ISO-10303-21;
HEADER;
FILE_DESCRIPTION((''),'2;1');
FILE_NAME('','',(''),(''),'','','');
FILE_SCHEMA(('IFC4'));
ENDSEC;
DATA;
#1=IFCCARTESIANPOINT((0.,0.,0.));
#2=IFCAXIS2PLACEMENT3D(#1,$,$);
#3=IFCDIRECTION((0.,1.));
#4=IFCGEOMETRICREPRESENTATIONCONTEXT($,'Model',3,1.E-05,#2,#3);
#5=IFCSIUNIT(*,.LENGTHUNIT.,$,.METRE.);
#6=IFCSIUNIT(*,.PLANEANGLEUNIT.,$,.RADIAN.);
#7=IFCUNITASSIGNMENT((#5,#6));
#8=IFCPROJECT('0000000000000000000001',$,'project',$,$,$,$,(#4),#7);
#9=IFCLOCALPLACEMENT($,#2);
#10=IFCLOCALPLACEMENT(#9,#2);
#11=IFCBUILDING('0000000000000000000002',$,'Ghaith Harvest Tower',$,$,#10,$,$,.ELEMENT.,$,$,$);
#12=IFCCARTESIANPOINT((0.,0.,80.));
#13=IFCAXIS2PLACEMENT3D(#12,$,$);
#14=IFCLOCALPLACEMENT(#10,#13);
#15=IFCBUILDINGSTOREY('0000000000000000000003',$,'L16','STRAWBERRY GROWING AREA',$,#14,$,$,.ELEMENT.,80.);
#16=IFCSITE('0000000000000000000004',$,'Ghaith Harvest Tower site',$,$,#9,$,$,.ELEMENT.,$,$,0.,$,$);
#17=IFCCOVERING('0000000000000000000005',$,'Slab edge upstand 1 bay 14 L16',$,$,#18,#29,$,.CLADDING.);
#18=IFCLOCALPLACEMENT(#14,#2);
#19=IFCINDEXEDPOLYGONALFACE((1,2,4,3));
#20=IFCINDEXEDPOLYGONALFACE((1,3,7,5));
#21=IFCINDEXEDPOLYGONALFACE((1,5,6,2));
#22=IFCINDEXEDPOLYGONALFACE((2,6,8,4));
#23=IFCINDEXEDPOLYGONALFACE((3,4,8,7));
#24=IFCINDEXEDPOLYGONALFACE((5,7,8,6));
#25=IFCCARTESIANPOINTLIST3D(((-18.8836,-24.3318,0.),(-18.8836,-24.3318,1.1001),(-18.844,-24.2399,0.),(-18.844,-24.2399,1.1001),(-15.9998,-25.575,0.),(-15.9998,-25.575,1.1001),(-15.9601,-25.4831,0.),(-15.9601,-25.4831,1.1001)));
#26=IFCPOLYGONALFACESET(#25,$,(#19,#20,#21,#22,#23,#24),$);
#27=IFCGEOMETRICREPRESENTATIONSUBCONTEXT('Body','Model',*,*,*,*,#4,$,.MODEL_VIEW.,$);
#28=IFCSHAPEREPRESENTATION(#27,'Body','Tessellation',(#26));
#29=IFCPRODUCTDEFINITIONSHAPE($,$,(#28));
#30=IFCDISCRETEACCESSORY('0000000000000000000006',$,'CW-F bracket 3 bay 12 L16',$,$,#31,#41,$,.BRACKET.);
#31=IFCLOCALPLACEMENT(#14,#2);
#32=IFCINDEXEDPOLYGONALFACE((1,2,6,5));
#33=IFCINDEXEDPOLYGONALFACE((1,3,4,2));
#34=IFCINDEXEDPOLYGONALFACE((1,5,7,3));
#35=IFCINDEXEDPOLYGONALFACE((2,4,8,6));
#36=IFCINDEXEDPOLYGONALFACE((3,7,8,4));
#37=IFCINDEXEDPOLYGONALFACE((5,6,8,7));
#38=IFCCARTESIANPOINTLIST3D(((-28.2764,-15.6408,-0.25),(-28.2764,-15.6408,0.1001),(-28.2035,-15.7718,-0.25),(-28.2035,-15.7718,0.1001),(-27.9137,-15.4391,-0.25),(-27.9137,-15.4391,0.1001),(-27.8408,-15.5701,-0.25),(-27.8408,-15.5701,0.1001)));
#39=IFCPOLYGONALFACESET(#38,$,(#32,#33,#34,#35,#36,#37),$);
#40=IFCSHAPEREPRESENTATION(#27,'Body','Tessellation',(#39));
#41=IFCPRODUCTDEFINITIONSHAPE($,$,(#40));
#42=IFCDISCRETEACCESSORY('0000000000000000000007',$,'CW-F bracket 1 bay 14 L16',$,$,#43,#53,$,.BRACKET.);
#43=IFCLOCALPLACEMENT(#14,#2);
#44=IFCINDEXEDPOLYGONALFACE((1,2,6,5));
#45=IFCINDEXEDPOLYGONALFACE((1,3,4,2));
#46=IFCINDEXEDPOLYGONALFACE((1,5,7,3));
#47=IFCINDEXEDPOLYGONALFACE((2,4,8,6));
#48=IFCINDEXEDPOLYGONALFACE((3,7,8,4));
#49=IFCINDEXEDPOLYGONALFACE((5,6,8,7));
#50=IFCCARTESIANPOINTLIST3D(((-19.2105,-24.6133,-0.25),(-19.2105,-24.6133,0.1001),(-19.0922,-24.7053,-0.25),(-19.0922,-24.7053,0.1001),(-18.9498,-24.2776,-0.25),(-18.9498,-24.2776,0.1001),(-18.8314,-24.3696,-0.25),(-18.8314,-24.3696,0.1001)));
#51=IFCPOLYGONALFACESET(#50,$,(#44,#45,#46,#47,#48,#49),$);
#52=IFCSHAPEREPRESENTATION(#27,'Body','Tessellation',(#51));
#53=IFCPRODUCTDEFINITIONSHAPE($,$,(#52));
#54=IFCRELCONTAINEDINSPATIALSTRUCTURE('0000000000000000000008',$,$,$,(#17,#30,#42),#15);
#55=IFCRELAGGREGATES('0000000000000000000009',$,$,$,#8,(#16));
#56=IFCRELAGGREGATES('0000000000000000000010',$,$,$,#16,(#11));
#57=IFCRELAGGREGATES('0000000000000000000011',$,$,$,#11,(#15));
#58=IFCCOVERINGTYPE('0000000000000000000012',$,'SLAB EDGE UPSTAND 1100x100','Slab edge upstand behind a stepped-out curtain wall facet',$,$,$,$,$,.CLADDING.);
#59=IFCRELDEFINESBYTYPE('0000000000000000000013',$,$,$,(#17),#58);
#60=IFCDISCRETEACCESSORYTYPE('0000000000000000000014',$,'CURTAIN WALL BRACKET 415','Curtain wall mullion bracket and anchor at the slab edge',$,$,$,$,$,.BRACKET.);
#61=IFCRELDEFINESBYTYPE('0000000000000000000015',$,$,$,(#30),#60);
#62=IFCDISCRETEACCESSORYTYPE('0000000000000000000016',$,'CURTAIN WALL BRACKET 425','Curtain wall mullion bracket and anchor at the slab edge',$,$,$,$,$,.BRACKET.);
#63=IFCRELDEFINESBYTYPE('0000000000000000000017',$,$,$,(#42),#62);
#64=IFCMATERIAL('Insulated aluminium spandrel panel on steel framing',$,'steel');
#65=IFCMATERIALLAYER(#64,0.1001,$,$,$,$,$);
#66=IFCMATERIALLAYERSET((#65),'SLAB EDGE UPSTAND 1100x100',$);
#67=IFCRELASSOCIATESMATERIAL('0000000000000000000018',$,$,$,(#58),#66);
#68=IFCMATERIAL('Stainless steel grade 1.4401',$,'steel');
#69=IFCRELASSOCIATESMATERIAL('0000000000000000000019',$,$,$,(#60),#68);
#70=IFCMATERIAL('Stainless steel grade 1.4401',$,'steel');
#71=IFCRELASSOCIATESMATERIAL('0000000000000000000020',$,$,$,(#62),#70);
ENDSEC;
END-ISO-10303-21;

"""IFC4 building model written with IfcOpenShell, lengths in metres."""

from ifc_helpers import new_model, si_unit, direction, frame, origin, origin_2d, place, context, subcontext, project, spatial, rectangle, extrude, material, layer, layer_set, type_object, element, save


model = new_model("IFC4")

# Units and contexts
model_context = context("Model", 3, precision=1e-05, world=origin(), true_north=direction((0.0, 1.0)))
body_context = subcontext(model_context, "Body", "Model", "MODEL_VIEW")
ifc_project = project(units=[si_unit("LENGTHUNIT", "METRE"), si_unit("PLANEANGLEUNIT", "RADIAN")], contexts=[model_context])

# Site, building, storey
site_placement = place(None, origin())
site = spatial("IfcSite", under=ifc_project, at=site_placement, Name="Ghaith Harvest Tower site", CompositionType="ELEMENT", RefElevation=0.0)
building_placement = place(site_placement, origin())
building = spatial("IfcBuilding", under=site, at=building_placement, Name="Ghaith Harvest Tower", CompositionType="ELEMENT")
storey_placement = place(building_placement, frame((0.0, 0.0, 80.0)))
storey = spatial("IfcBuildingStorey", under=building, at=storey_placement, Name="L16", Description="STRAWBERRY GROWING AREA", CompositionType="ELEMENT", Elevation=80.0)

# Covering
ifc_material_1 = material(Name="Insulated aluminium spandrel panel on steel framing", Category="steel")
ifc_layer_1 = layer(ifc_material_1, 0.1001)
ifc_layer_set_1 = layer_set([ifc_layer_1], Name="SLAB EDGE UPSTAND 1100x100")
covering_type = type_object("IfcCoveringType", Name="SLAB EDGE UPSTAND 1100x100", Description="Slab edge upstand behind a stepped-out curtain wall facet", PredefinedType="CLADDING", material=ifc_layer_set_1)
covering_1_placement = place(storey_placement, frame((-17.4219, -24.9075, 0.0), z_axis=(0.0, 0.0, 1.0), x_axis=(0.918307, -0.395869, 0.0)))
element("IfcCovering", 1, at=covering_1_placement, inside=storey, type_object=covering_type, Name="Slab edge upstand 1 bay 14 L16", PredefinedType="CLADDING", context=body_context, shape_type="SweptSolid", body=[
    extrude(rectangle(XDim=3.1404, YDim=0.1001, at=origin_2d()), origin(), (0.0, 0.0, 1.0), 1.1001),
])

# Discrete accessories
ifc_material_2 = material(Name="Stainless steel grade 1.4401", Category="steel")
discrete_accessory_type_1 = type_object("IfcDiscreteAccessoryType", Name="CURTAIN WALL BRACKET 415", Description="Curtain wall mullion bracket and anchor at the slab edge", PredefinedType="BRACKET", material=ifc_material_2)
discrete_accessory_1_placement = place(storey_placement, frame((-28.0586, -15.6055, -0.25), z_axis=(0.0, 0.0, 1.0), x_axis=(-0.873927, -0.486057, 0.0)))
element("IfcDiscreteAccessory", 2, at=discrete_accessory_1_placement, inside=storey, type_object=discrete_accessory_type_1, Name="CW-F bracket 3 bay 12 L16", PredefinedType="BRACKET", context=body_context, shape_type="SweptSolid", body=[
    extrude(rectangle(XDim=0.415, YDim=0.1499, at=origin_2d()), origin(), (0.0, 0.0, 1.0), 0.3501),
])
ifc_material_3 = material(Name="Stainless steel grade 1.4401", Category="steel")
discrete_accessory_type_2 = type_object("IfcDiscreteAccessoryType", Name="CURTAIN WALL BRACKET 425", Description="Curtain wall mullion bracket and anchor at the slab edge", PredefinedType="BRACKET", material=ifc_material_3)
discrete_accessory_2_placement = place(storey_placement, frame((-19.021, -24.4915, -0.25), z_axis=(0.0, 0.0, 1.0), x_axis=(-0.613378, -0.78979, 0.0)))
element("IfcDiscreteAccessory", 3, at=discrete_accessory_2_placement, inside=storey, type_object=discrete_accessory_type_2, Name="CW-F bracket 1 bay 14 L16", PredefinedType="BRACKET", context=body_context, shape_type="SweptSolid", body=[
    extrude(rectangle(XDim=0.425, YDim=0.1499, at=origin_2d()), origin(), (0.0, 0.0, 1.0), 0.3501),
])

save(model, "model.ifc")
